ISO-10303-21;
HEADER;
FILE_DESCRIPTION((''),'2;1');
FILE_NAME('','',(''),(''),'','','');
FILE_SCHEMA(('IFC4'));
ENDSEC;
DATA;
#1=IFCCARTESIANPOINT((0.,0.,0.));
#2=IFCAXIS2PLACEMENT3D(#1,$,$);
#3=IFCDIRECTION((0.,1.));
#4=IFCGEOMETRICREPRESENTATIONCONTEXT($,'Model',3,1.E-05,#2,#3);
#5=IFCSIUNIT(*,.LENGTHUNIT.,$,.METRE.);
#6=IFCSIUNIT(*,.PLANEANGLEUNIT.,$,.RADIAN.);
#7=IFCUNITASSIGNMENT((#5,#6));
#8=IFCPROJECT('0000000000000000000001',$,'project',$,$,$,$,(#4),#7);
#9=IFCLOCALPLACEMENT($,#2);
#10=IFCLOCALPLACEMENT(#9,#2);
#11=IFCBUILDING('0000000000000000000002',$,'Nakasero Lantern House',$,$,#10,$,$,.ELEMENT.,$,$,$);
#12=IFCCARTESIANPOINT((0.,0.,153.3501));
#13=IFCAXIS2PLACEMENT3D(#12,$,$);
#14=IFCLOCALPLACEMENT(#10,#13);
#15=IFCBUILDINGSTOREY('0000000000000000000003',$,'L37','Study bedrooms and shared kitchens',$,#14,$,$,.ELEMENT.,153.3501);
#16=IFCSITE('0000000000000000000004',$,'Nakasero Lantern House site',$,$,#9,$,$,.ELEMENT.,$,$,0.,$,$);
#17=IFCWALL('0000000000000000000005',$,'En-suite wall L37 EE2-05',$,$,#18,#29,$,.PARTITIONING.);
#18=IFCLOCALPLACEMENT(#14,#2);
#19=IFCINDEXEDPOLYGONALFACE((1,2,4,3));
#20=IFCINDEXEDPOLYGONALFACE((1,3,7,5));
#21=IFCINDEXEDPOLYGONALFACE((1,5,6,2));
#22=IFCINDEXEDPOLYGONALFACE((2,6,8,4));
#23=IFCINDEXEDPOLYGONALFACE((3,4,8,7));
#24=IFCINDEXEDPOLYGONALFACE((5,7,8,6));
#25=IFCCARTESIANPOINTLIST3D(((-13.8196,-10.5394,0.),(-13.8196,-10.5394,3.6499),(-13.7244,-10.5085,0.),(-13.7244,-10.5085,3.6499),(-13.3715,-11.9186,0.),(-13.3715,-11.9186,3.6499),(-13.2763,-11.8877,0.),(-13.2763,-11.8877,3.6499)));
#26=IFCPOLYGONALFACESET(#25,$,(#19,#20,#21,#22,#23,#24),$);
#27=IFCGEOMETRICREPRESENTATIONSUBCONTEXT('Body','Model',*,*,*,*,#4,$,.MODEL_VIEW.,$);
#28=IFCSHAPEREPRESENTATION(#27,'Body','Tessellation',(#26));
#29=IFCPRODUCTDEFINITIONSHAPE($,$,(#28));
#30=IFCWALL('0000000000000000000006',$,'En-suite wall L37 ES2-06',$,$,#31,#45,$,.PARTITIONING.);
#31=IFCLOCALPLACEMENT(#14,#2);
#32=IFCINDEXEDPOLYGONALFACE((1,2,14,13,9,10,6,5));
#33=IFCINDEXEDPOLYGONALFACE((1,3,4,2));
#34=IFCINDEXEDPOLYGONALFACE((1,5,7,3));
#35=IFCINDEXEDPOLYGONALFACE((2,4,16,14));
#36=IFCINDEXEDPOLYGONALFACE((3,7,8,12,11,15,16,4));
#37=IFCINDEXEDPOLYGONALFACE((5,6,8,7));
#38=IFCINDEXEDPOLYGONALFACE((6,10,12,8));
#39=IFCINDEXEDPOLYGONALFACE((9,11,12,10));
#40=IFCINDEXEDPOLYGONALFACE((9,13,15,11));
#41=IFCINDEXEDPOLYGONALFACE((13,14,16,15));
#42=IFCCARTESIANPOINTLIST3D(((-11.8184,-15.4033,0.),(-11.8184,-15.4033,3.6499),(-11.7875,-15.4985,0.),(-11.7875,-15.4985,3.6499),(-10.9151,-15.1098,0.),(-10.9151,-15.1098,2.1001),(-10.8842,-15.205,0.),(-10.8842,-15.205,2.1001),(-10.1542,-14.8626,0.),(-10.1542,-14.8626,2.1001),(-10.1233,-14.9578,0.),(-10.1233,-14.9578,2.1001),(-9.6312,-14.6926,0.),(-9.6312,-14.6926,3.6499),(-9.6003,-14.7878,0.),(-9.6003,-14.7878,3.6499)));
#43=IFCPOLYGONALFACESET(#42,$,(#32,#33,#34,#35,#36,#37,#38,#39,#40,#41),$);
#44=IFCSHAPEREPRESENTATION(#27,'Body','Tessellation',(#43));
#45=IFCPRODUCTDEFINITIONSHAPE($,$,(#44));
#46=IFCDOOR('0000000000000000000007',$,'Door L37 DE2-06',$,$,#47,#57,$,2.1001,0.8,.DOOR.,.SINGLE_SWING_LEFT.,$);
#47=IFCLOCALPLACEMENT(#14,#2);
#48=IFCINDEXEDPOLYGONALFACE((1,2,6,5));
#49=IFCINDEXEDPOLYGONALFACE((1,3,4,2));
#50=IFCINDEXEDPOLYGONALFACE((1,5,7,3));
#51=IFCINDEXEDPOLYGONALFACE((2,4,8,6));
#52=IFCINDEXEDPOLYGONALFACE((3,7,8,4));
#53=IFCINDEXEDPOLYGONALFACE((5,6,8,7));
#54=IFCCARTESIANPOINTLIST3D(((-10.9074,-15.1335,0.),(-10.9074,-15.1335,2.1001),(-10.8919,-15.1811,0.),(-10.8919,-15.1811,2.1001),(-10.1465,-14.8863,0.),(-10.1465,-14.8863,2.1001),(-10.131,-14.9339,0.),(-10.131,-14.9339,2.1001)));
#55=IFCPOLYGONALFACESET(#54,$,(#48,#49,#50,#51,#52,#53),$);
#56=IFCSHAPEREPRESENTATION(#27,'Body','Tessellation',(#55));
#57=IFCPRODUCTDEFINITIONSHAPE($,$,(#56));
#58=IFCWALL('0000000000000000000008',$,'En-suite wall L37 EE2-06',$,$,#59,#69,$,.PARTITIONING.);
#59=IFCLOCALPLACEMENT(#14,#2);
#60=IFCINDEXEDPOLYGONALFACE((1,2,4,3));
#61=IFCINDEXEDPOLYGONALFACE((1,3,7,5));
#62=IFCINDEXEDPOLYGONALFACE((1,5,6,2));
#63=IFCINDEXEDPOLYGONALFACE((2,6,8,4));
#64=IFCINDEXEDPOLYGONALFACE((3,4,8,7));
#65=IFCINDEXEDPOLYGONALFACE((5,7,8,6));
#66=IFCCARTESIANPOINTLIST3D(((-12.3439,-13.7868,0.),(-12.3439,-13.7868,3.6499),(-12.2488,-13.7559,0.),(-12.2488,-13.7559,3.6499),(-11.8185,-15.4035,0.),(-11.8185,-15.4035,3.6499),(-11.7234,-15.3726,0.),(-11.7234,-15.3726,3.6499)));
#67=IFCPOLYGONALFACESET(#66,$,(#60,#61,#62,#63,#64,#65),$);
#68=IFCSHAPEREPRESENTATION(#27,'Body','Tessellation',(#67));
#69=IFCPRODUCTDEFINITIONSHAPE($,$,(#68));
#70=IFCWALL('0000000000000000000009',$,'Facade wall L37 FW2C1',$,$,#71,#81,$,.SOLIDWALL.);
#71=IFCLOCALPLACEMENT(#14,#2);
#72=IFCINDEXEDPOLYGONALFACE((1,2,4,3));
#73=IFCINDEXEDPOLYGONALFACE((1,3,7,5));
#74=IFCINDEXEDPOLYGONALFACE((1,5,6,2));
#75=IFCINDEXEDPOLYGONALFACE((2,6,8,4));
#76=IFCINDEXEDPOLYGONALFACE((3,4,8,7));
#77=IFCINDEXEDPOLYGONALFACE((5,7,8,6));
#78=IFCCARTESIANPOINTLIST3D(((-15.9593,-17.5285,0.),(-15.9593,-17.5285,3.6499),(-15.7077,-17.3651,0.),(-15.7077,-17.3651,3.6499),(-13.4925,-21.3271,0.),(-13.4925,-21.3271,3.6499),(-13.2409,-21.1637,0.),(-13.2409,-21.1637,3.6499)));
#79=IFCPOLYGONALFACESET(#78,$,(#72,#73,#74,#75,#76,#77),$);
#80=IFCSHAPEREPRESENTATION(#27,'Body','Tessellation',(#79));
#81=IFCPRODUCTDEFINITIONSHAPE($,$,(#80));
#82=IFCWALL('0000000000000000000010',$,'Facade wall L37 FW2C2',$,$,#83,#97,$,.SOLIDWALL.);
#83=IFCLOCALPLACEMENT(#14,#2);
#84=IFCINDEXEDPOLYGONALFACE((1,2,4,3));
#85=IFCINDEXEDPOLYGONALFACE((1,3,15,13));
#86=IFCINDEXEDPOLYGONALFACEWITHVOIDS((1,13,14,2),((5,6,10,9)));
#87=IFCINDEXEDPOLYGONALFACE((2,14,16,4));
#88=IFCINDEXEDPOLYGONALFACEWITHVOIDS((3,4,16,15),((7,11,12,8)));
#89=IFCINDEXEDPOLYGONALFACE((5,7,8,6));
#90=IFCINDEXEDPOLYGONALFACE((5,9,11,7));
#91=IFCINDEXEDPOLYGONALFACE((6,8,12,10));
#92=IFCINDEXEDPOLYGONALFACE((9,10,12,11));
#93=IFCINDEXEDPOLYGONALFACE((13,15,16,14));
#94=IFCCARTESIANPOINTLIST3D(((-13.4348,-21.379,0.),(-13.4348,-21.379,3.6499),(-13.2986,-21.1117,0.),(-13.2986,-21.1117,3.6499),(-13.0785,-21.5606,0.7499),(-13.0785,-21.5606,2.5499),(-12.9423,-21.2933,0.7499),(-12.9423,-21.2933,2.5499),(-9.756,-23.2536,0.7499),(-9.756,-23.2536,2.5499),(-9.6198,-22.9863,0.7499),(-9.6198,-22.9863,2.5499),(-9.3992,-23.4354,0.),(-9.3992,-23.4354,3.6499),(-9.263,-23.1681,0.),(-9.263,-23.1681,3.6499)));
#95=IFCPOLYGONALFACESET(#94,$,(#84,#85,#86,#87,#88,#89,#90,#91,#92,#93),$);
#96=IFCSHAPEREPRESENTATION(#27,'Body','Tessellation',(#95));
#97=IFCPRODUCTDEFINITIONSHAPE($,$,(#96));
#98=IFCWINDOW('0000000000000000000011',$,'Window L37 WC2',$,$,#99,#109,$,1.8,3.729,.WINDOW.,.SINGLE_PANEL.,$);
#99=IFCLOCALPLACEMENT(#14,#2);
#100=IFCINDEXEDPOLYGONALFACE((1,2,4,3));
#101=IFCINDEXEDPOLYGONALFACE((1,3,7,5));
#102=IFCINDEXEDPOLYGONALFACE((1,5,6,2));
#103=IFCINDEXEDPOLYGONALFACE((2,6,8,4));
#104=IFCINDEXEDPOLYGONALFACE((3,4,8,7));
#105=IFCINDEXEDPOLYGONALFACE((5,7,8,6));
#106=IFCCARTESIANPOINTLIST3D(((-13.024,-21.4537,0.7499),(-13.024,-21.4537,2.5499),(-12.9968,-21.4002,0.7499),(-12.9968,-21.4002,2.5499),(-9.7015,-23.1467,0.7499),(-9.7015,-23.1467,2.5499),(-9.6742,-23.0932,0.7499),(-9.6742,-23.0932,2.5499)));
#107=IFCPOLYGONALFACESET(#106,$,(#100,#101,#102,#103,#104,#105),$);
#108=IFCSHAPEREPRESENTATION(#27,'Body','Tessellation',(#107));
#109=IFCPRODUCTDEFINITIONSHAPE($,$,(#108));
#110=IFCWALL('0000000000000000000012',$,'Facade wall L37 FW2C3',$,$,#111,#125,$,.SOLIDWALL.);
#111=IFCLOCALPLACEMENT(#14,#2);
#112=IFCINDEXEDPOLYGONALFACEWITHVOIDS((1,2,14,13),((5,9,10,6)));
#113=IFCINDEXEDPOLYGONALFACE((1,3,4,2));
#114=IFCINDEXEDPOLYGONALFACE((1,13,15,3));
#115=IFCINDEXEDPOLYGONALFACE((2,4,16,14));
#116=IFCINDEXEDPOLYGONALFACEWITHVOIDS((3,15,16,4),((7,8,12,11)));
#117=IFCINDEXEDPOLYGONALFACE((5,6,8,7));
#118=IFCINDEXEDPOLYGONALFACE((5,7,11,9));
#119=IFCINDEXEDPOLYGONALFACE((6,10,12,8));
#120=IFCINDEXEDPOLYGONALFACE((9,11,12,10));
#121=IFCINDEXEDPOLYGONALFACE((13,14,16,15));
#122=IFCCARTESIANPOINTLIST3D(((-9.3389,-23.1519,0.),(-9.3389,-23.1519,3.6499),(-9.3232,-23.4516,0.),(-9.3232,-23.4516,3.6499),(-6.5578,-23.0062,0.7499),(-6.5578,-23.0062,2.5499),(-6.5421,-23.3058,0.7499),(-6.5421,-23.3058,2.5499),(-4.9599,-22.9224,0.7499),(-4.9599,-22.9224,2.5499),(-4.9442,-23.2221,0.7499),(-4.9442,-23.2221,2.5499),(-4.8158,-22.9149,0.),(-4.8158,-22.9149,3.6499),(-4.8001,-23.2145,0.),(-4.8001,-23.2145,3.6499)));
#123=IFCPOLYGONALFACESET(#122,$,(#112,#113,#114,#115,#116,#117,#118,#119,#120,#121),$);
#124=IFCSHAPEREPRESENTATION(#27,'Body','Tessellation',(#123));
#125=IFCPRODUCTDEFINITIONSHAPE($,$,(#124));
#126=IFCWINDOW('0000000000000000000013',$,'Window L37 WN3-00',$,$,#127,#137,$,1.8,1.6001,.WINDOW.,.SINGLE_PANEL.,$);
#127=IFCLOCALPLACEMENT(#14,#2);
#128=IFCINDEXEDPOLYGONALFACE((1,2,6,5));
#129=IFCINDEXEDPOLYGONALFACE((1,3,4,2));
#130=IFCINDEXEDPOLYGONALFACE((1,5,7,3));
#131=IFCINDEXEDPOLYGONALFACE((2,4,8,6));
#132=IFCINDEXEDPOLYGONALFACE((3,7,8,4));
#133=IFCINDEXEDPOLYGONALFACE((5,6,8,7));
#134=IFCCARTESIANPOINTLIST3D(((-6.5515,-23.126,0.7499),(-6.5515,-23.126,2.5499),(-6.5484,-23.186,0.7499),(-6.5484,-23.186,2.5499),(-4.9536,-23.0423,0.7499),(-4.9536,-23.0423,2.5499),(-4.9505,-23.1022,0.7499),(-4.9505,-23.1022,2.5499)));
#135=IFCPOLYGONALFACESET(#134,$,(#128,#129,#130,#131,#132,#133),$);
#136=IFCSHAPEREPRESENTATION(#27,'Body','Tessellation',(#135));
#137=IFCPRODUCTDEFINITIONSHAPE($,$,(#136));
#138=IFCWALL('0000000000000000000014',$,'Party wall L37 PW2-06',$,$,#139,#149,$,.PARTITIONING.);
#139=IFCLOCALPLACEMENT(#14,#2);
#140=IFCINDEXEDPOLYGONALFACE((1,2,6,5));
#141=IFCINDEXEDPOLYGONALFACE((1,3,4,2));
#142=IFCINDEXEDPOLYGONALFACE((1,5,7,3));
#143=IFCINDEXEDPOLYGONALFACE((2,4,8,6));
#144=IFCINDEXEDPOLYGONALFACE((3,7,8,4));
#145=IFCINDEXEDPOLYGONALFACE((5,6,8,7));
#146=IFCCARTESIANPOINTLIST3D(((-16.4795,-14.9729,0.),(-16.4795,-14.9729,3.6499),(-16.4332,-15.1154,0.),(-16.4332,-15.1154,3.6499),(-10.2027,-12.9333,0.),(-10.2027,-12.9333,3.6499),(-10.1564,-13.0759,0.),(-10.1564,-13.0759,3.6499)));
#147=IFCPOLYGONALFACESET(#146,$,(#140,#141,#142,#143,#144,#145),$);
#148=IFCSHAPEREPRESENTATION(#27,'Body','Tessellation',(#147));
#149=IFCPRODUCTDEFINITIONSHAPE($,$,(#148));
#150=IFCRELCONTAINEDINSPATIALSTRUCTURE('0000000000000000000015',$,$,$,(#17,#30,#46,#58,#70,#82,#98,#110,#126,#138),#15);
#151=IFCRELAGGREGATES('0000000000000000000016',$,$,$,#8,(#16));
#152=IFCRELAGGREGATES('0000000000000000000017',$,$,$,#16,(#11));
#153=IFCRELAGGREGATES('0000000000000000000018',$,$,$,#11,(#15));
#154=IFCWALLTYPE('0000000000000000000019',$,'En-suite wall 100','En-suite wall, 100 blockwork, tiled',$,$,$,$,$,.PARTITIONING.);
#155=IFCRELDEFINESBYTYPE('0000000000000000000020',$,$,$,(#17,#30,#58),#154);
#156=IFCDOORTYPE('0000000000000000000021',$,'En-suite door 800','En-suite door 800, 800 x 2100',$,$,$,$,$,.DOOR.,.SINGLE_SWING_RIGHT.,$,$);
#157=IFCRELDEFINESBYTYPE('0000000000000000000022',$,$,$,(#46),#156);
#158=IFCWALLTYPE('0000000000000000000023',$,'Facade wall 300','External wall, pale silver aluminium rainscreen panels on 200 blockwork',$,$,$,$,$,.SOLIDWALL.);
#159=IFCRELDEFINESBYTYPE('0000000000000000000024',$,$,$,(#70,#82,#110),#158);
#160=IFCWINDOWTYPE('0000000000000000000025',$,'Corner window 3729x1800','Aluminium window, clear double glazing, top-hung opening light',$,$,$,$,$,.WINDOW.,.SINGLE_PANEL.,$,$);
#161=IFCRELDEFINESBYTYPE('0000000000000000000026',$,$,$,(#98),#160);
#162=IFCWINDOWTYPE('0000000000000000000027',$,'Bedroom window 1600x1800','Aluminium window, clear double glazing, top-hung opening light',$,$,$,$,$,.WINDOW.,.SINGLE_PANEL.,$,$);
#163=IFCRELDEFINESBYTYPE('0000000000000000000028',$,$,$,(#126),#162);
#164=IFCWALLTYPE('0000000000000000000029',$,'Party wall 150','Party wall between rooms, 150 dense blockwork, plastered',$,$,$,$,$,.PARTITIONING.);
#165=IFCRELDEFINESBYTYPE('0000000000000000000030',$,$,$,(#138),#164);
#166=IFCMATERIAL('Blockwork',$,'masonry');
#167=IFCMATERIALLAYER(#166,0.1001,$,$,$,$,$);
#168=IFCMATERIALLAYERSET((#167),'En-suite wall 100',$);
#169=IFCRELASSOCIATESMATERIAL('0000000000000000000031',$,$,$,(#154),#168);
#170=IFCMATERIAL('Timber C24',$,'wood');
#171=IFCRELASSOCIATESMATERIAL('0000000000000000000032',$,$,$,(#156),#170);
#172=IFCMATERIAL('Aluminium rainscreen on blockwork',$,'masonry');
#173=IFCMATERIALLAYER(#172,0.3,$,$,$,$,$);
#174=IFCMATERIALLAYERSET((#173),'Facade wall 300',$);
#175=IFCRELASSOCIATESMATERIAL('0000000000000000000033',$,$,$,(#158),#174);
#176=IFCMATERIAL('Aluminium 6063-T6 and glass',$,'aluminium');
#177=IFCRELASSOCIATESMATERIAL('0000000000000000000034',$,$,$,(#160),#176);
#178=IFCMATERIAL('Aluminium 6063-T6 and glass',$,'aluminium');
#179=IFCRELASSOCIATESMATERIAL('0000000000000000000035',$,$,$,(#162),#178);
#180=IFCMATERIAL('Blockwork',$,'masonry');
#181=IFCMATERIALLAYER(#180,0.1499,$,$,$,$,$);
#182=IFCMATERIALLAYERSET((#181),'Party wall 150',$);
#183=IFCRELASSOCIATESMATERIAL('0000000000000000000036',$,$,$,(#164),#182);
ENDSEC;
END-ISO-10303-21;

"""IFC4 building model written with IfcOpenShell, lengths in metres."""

from ifc_helpers import new_model, si_unit, direction, frame, frame_2d, origin, place, context, subcontext, project, spatial, rectangle, extrude, material, layer, layer_set, type_object, element, fill, save


model = new_model("IFC4")

# Units and contexts
model_context = context("Model", 3, precision=1e-05, world=origin(), true_north=direction((0.0, 1.0)))
body_context = subcontext(model_context, "Body", "Model", "MODEL_VIEW")
ifc_project = project(units=[si_unit("LENGTHUNIT", "METRE"), si_unit("PLANEANGLEUNIT", "RADIAN")], contexts=[model_context])

# Site, building, storey
site_placement = place(None, origin())
site = spatial("IfcSite", under=ifc_project, at=site_placement, Name="Nakasero Lantern House site", CompositionType="ELEMENT", RefElevation=0.0)
building_placement = place(site_placement, origin())
building = spatial("IfcBuilding", under=site, at=building_placement, Name="Nakasero Lantern House", CompositionType="ELEMENT")
storey_placement = place(building_placement, frame((0.0, 0.0, 153.3501)))
storey = spatial("IfcBuildingStorey", under=building, at=storey_placement, Name="L37", Description="Study bedrooms and shared kitchens", CompositionType="ELEMENT", Elevation=153.3501)

# Shared definitions
ifc_material_1 = material(Name="Blockwork", Category="masonry")
ifc_layer_1 = layer(ifc_material_1, 0.1001)
ifc_layer_set_1 = layer_set([ifc_layer_1], Name="En-suite wall 100")
wall_type_1 = type_object("IfcWallType", Name="En-suite wall 100", Description="En-suite wall, 100 blockwork, tiled", PredefinedType="PARTITIONING", material=ifc_layer_set_1)
ifc_material_2 = material(Name="Timber C24", Category="wood")
door_type = type_object("IfcDoorType", Name="En-suite door 800", Description="En-suite door 800, 800 x 2100", OperationType="SINGLE_SWING_RIGHT", PredefinedType="DOOR", material=ifc_material_2)

# Wall
wall_1_placement = place(storey_placement, frame((-13.772, -10.5239, 0.0), z_axis=(0.0, 0.0, 1.0), x_axis=(0.308945, -0.95108, 0.0)))
element("IfcWall", 1, at=wall_1_placement, inside=storey, type_object=wall_type_1, Name="En-suite wall L37 EE2-05", PredefinedType="PARTITIONING", context=body_context, shape_type="SweptSolid", body=[
    extrude(rectangle(XDim=1.4502, YDim=0.1001, at=frame_2d((0.7251, 0.0))), origin(), (0.0, 0.0, 1.0), 3.6499),
])

# Wall, opening, door
wall_2_placement = place(storey_placement, frame((-9.6157, -14.7402, 0.0), z_axis=(0.0, 0.0, 1.0), x_axis=(-0.951055, -0.309021, 0.0)))
wall_2 = element("IfcWall", 2, at=wall_2_placement, inside=storey, type_object=wall_type_1, Name="En-suite wall L37 ES2-06", PredefinedType="PARTITIONING", context=body_context, shape_type="SweptSolid", body=[
    extrude(rectangle(XDim=2.2998, YDim=0.1001, at=frame_2d((1.1499, 0.0))), origin(), (0.0, 0.0, 1.0), 3.6499),
])
opening_1_placement = place(wall_2_placement, frame((0.55, 0.0, 0.0)))
opening_1 = element("IfcOpeningElement", 3, at=opening_1_placement, cuts=wall_2, PredefinedType="OPENING", context=body_context, shape_type="SweptSolid", body=[
    extrude(rectangle(XDim=0.8, YDim=2.1001, at=frame_2d((0.3999, 1.05))), frame((0.0, 0.0701, 0.0), z_axis=(0.0, -1.0, 0.0), x_axis=(1.0, 0.0, 0.0)), (0.0, 0.0, 1.0), 0.1401),
])
door_1_placement = place(opening_1_placement, origin())
door_1 = element("IfcDoor", 4, at=door_1_placement, inside=storey, type_object=door_type, Name="Door L37 DE2-06", OperationType="SINGLE_SWING_LEFT", OverallHeight=2.1001, OverallWidth=0.8, PredefinedType="DOOR", context=body_context, shape_type="SweptSolid", body=[
    extrude(rectangle(XDim=0.8, YDim=2.1001, at=frame_2d((0.3999, 1.05))), frame((0.0, 0.0249, 0.0), z_axis=(0.0, -1.0, 0.0), x_axis=(1.0, 0.0, 0.0)), (0.0, 0.0, 1.0), 0.05),
])
fill(opening_1, door_1)

# Walls
wall_3_placement = place(storey_placement, frame((-12.2964, -13.7712, 0.0), z_axis=(0.0, 0.0, 1.0), x_axis=(0.309067, -0.95104, 0.0)))
element("IfcWall", 5, at=wall_3_placement, inside=storey, type_object=wall_type_1, Name="En-suite wall L37 EE2-06", PredefinedType="PARTITIONING", context=body_context, shape_type="SweptSolid", body=[
    extrude(rectangle(XDim=1.7, YDim=0.1001, at=frame_2d((0.8501, 0.0))), origin(), (0.0, 0.0, 1.0), 3.6499),
])
ifc_material_3 = material(Name="Aluminium rainscreen on blockwork", Category="masonry")
ifc_layer_2 = layer(ifc_material_3, 0.3)
ifc_layer_set_2 = layer_set([ifc_layer_2], Name="Facade wall 300")
wall_type_2 = type_object("IfcWallType", Name="Facade wall 300", Description="External wall, pale silver aluminium rainscreen panels on 200 blockwork", PredefinedType="SOLIDWALL", material=ifc_layer_set_2)
wall_4_placement = place(storey_placement, frame((-15.8335, -17.4468, 0.0), z_axis=(0.0, 0.0, 1.0), x_axis=(0.544634, -0.838674, 0.0)))
element("IfcWall", 6, at=wall_4_placement, inside=storey, type_object=wall_type_2, Name="Facade wall L37 FW2C1", PredefinedType="SOLIDWALL", context=body_context, shape_type="SweptSolid", body=[
    extrude(rectangle(XDim=4.5293, YDim=0.3, at=frame_2d((2.2646, 0.0))), origin(), (0.0, 0.0, 1.0), 3.6499),
])

# Walls, openings, windows
wall_5_placement = place(storey_placement, frame((-13.3667, -21.2454, 0.0), z_axis=(0.0, 0.0, 1.0), x_axis=(0.890995, -0.454014, 0.0)))
wall_5 = element("IfcWall", 7, at=wall_5_placement, inside=storey, type_object=wall_type_2, Name="Facade wall L37 FW2C2", PredefinedType="SOLIDWALL", context=body_context, shape_type="SweptSolid", body=[
    extrude(rectangle(XDim=4.5293, YDim=0.3, at=frame_2d((2.2646, 0.0))), origin(), (0.0, 0.0, 1.0), 3.6499),
])
opening_2_placement = place(wall_5_placement, frame((0.3999, 0.0, 0.75)))
opening_2 = element("IfcOpeningElement", 8, at=opening_2_placement, cuts=wall_5, PredefinedType="OPENING", context=body_context, shape_type="SweptSolid", body=[
    extrude(rectangle(XDim=3.729, YDim=1.8, at=frame_2d((1.8645, 0.8999))), frame((0.0, 0.1699, 0.0), z_axis=(0.0, -1.0, 0.0), x_axis=(1.0, 0.0, 0.0)), (0.0, 0.0, 1.0), 0.3401),
])
ifc_material_4 = material(Name="Aluminium 6063-T6 and glass", Category="aluminium")
window_type_1 = type_object("IfcWindowType", Name="Corner window 3729x1800", Description="Aluminium window, clear double glazing, top-hung opening light", PartitioningType="SINGLE_PANEL", PredefinedType="WINDOW", material=ifc_material_4)
window_1_placement = place(opening_2_placement, origin())
window_1 = element("IfcWindow", 9, at=window_1_placement, inside=storey, type_object=window_type_1, Name="Window L37 WC2", OverallHeight=1.8, OverallWidth=3.729, PartitioningType="SINGLE_PANEL", PredefinedType="WINDOW", context=body_context, shape_type="SweptSolid", body=[
    extrude(rectangle(XDim=3.729, YDim=1.8, at=frame_2d((1.8645, 0.8999))), frame((0.0, 0.03, 0.0), z_axis=(0.0, -1.0, 0.0), x_axis=(1.0, 0.0, 0.0)), (0.0, 0.0, 1.0), 0.0601),
])
fill(opening_2, window_1)
wall_6_placement = place(storey_placement, frame((-9.3311, -23.3018, 0.0), z_axis=(0.0, 0.0, 1.0), x_axis=(0.998629, 0.052338, 0.0)))
wall_6 = element("IfcWall", 10, at=wall_6_placement, inside=storey, type_object=wall_type_2, Name="Facade wall L37 FW2C3", PredefinedType="SOLIDWALL", context=body_context, shape_type="SweptSolid", body=[
    extrude(rectangle(XDim=4.5293, YDim=0.3, at=frame_2d((2.2646, 0.0))), origin(), (0.0, 0.0, 1.0), 3.6499),
])
opening_3_placement = place(wall_6_placement, frame((2.7849, 0.0, 0.75)))
opening_3 = element("IfcOpeningElement", 11, at=opening_3_placement, cuts=wall_6, PredefinedType="OPENING", context=body_context, shape_type="SweptSolid", body=[
    extrude(rectangle(XDim=1.6001, YDim=1.8, at=frame_2d((0.8, 0.8999))), frame((0.0, 0.1699, 0.0), z_axis=(0.0, -1.0, 0.0), x_axis=(1.0, 0.0, 0.0)), (0.0, 0.0, 1.0), 0.3401),
])
ifc_material_5 = material(Name="Aluminium 6063-T6 and glass", Category="aluminium")
window_type_2 = type_object("IfcWindowType", Name="Bedroom window 1600x1800", Description="Aluminium window, clear double glazing, top-hung opening light", PartitioningType="SINGLE_PANEL", PredefinedType="WINDOW", material=ifc_material_5)
window_2_placement = place(opening_3_placement, origin())
window_2 = element("IfcWindow", 12, at=window_2_placement, inside=storey, type_object=window_type_2, Name="Window L37 WN3-00", OverallHeight=1.8, OverallWidth=1.6001, PartitioningType="SINGLE_PANEL", PredefinedType="WINDOW", context=body_context, shape_type="SweptSolid", body=[
    extrude(rectangle(XDim=1.6001, YDim=1.8, at=frame_2d((0.8, 0.8999))), frame((0.0, 0.03, 0.0), z_axis=(0.0, -1.0, 0.0), x_axis=(1.0, 0.0, 0.0)), (0.0, 0.0, 1.0), 0.0601),
])
fill(opening_3, window_2)

# Wall
ifc_material_6 = material(Name="Blockwork", Category="masonry")
ifc_layer_3 = layer(ifc_material_6, 0.1499)
ifc_layer_set_3 = layer_set([ifc_layer_3], Name="Party wall 150")
wall_type_3 = type_object("IfcWallType", Name="Party wall 150", Description="Party wall between rooms, 150 dense blockwork, plastered", PredefinedType="PARTITIONING", material=ifc_layer_set_3)
wall_7_placement = place(storey_placement, frame((-10.1797, -13.0046, 0.0), z_axis=(0.0, 0.0, 1.0), x_axis=(-0.951053, -0.309028, 0.0)))
element("IfcWall", 13, at=wall_7_placement, inside=storey, type_object=wall_type_3, Name="Party wall L37 PW2-06", PredefinedType="PARTITIONING", context=body_context, shape_type="SweptSolid", body=[
    extrude(rectangle(XDim=6.5999, YDim=0.1499, at=frame_2d((3.2998, 0.0))), origin(), (0.0, 0.0, 1.0), 3.6499),
])

save(model, "model.ifc")
